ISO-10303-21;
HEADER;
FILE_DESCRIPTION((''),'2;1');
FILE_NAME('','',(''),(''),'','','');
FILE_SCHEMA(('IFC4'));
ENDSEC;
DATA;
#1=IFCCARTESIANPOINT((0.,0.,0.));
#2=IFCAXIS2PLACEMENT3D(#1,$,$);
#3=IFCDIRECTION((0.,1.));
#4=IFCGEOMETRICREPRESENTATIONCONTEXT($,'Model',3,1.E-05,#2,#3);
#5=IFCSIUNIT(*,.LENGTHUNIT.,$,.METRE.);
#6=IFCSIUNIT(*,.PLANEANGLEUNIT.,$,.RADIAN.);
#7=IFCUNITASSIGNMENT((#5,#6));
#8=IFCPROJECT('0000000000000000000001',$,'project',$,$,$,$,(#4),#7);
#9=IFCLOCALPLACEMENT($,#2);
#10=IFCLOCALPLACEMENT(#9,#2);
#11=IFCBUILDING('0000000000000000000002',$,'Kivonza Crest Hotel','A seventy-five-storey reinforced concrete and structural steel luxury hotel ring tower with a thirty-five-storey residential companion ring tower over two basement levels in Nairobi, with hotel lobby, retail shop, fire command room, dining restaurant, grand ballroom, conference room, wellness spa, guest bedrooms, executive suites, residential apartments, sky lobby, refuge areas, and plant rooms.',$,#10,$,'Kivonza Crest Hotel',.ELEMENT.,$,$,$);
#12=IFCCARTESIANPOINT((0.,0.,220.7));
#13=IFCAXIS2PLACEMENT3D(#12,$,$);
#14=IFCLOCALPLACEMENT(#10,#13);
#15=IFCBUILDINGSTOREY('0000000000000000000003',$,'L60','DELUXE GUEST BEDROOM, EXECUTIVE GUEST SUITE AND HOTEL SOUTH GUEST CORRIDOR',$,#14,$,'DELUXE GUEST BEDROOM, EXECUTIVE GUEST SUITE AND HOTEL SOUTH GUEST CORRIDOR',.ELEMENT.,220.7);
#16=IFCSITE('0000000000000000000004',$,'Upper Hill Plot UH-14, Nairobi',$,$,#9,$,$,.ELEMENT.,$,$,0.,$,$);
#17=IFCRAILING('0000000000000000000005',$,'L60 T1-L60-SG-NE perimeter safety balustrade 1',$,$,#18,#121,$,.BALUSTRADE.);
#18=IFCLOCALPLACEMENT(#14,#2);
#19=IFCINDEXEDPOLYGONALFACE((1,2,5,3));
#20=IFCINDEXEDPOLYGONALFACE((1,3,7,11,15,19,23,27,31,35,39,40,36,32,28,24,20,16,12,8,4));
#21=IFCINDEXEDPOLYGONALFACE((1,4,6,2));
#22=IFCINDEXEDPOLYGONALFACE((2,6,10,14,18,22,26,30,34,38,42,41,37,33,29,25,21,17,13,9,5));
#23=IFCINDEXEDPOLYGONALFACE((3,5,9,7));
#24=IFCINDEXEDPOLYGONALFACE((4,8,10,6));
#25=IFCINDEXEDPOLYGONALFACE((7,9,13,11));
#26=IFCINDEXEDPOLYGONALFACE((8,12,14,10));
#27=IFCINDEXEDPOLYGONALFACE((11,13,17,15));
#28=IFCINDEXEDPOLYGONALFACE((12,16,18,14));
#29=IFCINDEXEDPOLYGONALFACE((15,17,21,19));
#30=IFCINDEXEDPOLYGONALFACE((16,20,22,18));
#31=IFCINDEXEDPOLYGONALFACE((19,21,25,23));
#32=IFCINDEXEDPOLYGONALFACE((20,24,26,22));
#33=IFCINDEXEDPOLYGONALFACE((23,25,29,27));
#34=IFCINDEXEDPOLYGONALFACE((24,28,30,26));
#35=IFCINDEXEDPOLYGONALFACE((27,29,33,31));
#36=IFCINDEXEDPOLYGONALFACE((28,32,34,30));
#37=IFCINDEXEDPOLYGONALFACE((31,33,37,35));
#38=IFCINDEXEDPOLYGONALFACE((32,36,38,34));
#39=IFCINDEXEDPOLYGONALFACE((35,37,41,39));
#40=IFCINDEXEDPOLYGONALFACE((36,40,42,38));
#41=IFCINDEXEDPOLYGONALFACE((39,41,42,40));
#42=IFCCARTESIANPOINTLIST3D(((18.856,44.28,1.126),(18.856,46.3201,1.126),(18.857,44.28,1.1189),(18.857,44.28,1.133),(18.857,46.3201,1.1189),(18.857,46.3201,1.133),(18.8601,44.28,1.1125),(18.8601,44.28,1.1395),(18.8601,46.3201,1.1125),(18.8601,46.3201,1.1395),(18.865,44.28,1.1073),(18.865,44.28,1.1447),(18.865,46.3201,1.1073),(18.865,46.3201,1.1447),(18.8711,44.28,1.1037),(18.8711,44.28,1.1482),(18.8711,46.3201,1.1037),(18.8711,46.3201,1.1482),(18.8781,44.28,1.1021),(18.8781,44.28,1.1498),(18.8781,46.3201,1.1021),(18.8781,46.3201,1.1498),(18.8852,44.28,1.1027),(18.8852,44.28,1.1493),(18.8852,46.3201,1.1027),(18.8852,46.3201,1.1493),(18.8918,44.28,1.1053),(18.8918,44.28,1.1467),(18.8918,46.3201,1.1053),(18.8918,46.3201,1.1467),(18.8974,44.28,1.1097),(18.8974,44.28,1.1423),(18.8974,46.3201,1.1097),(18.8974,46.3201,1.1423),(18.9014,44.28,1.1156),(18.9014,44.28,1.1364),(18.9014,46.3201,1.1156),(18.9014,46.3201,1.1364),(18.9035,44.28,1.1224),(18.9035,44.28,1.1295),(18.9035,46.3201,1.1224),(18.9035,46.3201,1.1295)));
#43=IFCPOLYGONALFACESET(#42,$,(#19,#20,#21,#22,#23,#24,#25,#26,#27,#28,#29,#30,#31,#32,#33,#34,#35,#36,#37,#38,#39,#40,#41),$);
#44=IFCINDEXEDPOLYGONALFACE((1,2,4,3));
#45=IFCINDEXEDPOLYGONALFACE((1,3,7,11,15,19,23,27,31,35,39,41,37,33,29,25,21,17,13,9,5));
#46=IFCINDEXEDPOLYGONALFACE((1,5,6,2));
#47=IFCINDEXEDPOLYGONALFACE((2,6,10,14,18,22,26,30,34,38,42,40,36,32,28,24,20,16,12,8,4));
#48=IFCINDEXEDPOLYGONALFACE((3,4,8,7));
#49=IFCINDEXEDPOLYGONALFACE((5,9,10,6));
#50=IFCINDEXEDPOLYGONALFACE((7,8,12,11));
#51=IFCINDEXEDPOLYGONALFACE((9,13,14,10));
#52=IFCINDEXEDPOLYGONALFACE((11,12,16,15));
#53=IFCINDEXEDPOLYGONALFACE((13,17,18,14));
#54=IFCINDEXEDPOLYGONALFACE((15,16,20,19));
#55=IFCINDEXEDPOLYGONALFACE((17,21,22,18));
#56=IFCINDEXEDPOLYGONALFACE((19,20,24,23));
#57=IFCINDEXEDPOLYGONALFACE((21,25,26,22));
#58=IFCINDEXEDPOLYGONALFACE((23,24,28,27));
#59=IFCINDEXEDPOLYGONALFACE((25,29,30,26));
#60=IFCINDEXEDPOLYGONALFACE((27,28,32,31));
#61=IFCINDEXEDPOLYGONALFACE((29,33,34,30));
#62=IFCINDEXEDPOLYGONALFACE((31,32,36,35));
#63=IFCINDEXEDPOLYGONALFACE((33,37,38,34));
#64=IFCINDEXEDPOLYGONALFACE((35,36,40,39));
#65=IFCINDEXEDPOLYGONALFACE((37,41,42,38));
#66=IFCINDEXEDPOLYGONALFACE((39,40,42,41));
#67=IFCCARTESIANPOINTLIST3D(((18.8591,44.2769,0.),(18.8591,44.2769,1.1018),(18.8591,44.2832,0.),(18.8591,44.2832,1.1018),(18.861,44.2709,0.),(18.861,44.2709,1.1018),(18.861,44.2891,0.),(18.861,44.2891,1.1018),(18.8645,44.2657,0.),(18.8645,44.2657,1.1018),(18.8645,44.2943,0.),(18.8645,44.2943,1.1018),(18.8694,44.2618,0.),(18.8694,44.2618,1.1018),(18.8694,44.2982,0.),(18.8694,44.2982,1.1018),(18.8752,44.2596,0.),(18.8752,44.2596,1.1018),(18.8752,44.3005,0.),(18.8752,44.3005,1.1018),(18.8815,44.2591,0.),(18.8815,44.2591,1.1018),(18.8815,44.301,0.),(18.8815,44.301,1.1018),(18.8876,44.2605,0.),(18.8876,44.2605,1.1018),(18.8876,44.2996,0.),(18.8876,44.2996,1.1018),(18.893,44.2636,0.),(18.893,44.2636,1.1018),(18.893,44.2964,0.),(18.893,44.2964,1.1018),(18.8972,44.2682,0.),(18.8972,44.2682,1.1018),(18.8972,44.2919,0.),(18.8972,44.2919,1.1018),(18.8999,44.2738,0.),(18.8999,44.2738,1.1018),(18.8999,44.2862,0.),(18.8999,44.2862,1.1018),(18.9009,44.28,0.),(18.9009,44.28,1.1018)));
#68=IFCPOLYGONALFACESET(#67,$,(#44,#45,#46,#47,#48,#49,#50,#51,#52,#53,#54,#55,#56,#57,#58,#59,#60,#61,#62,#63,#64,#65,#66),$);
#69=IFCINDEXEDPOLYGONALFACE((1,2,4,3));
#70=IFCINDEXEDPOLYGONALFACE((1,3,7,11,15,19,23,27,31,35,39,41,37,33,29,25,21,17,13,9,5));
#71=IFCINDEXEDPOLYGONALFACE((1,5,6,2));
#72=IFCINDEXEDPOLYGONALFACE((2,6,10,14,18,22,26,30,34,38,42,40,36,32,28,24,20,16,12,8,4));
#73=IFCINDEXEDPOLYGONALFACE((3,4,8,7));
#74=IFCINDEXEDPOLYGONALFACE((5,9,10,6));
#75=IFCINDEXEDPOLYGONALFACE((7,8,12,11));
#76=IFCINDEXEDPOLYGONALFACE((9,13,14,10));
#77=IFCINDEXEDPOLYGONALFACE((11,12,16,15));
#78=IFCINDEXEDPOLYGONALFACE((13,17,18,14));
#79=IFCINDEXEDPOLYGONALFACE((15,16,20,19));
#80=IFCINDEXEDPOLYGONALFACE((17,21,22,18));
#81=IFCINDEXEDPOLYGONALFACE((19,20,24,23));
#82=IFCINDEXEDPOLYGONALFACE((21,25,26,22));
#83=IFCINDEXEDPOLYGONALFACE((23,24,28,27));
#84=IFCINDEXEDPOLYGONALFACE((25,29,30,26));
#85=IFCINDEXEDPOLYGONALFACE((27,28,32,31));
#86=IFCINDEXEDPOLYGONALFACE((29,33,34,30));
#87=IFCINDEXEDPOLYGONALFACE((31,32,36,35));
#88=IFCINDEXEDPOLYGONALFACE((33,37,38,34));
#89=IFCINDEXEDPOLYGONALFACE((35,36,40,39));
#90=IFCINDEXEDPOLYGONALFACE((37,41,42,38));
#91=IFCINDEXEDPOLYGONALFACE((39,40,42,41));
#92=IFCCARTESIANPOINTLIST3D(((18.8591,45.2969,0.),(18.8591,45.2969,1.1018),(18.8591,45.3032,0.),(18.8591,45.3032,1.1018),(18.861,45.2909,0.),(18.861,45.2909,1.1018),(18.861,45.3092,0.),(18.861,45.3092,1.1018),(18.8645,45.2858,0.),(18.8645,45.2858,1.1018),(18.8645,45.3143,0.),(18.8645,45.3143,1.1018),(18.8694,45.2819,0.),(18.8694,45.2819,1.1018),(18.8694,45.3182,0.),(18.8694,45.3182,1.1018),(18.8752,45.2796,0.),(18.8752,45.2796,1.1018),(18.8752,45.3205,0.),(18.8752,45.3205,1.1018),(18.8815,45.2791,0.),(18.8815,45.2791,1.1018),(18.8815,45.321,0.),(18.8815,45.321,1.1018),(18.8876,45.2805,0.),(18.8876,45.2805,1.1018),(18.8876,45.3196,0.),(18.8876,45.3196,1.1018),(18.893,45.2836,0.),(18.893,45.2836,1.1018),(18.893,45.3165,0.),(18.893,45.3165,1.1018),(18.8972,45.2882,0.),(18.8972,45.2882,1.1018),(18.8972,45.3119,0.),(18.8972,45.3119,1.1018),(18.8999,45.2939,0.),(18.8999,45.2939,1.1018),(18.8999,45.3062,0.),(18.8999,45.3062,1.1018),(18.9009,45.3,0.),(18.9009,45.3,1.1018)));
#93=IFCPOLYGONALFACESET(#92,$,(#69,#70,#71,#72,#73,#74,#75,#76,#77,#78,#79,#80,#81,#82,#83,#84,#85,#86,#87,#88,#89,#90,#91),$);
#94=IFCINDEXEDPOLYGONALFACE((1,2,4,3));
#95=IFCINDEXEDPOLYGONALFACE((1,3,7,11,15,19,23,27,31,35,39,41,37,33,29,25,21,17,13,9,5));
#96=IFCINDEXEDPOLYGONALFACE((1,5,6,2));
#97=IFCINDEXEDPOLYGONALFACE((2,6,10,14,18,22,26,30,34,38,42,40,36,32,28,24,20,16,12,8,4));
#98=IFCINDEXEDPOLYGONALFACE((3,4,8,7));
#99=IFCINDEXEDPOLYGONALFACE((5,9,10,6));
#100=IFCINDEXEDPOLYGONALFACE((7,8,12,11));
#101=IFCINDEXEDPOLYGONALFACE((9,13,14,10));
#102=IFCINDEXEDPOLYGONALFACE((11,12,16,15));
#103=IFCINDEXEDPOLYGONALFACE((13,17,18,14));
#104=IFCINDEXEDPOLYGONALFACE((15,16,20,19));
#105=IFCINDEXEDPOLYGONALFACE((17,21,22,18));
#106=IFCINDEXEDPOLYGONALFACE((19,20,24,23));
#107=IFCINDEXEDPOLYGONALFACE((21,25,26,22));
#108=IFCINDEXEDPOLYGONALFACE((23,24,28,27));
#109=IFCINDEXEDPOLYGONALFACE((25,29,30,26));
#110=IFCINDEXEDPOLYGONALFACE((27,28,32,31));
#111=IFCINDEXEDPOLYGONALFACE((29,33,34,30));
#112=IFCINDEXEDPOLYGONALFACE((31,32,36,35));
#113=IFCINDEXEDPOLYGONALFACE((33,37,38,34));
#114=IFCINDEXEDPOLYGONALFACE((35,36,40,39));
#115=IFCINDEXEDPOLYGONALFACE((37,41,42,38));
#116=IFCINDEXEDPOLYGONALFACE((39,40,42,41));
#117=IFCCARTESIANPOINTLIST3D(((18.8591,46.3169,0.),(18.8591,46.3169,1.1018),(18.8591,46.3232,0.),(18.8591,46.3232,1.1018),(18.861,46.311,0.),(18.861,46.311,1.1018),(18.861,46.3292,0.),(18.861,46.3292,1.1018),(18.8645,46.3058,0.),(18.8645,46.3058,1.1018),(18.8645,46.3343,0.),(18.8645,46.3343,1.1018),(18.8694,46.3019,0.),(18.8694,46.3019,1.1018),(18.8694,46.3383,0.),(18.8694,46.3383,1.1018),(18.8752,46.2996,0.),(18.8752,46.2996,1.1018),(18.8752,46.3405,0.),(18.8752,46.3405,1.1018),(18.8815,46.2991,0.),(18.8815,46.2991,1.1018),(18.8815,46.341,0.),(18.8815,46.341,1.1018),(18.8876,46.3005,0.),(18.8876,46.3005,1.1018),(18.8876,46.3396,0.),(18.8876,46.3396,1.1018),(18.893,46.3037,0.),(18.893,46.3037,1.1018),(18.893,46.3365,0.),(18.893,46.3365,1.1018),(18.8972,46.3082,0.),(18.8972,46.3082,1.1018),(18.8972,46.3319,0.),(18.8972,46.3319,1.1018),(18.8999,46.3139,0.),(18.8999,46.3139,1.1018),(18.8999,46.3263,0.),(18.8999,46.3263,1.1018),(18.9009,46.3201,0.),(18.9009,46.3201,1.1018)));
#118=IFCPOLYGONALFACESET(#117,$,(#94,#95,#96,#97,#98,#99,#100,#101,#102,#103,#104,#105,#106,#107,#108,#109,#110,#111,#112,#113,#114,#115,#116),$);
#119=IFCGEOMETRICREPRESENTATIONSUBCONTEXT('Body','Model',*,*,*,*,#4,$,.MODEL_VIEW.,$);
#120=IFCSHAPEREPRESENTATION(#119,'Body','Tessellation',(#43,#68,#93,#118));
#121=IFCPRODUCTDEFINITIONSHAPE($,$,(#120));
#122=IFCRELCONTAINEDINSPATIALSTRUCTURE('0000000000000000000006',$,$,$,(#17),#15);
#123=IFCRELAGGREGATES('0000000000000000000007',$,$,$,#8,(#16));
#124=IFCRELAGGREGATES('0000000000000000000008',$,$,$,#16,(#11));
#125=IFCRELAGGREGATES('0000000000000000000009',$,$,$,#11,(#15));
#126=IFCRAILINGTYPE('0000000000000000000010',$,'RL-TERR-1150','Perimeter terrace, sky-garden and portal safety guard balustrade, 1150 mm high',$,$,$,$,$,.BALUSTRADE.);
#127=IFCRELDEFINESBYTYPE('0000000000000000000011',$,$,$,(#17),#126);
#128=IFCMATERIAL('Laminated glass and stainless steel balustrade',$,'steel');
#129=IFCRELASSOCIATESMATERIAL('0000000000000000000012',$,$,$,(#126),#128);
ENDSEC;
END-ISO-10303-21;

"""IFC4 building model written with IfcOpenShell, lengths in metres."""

from ifc_helpers import new_model, si_unit, direction, frame, origin, origin_2d, place, context, subcontext, project, spatial, circle, extrude, material, type_object, element, save


model = new_model("IFC4")

# Units and contexts
model_context = context("Model", 3, precision=1e-05, world=origin(), true_north=direction((0.0, 1.0)))
body_context = subcontext(model_context, "Body", "Model", "MODEL_VIEW")
ifc_project = project(units=[si_unit("LENGTHUNIT", "METRE"), si_unit("PLANEANGLEUNIT", "RADIAN")], contexts=[model_context])

# Site, building, storey
site_placement = place(None, origin())
site = spatial("IfcSite", under=ifc_project, at=site_placement, Name="Upper Hill Plot UH-14, Nairobi", CompositionType="ELEMENT", RefElevation=0.0)
building_placement = place(site_placement, origin())
building = spatial("IfcBuilding", under=site, at=building_placement, Name="Kivonza Crest Hotel", Description="A seventy-five-storey reinforced concrete and structural steel luxury hotel ring tower with a thirty-five-storey residential companion ring tower over two basement levels in Nairobi, with hotel lobby, retail shop, fire command room, dining restaurant, grand ballroom, conference room, wellness spa, guest bedrooms, executive suites, residential apartments, sky lobby, refuge areas, and plant rooms.", LongName="Kivonza Crest Hotel", CompositionType="ELEMENT")
storey_placement = place(building_placement, frame((0.0, 0.0, 220.7)))
storey = spatial("IfcBuildingStorey", under=building, at=storey_placement, Name="L60", Description="DELUXE GUEST BEDROOM, EXECUTIVE GUEST SUITE AND HOTEL SOUTH GUEST CORRIDOR", LongName="DELUXE GUEST BEDROOM, EXECUTIVE GUEST SUITE AND HOTEL SOUTH GUEST CORRIDOR", CompositionType="ELEMENT", Elevation=220.7)

# Railing
ifc_material_1 = material(Name="Laminated glass and stainless steel balustrade", Category="steel")
railing_type = type_object("IfcRailingType", Name="RL-TERR-1150", Description="Perimeter terrace, sky-garden and portal safety guard balustrade, 1150 mm high", PredefinedType="BALUSTRADE", material=ifc_material_1)
railing_1_placement = place(storey_placement, frame((18.8799, 44.28, 0.0)))
element("IfcRailing", 1, at=railing_1_placement, inside=storey, type_object=railing_type, Name="L60 T1-L60-SG-NE perimeter safety balustrade 1", PredefinedType="BALUSTRADE", context=body_context, shape_type="SweptSolid", body=[
    extrude(circle(Radius=0.0239, at=origin_2d()), frame((0.0, 0.0, 1.126), z_axis=(0.0, 1.0, 0.0), x_axis=(-1.0, 0.0, 0.0)), (0.0, 0.0, 1.0), 2.04),
    extrude(circle(Radius=0.021, at=origin_2d()), origin(), (0.0, 0.0, 1.0), 1.1018),
    extrude(circle(Radius=0.021, at=origin_2d()), frame((0.0, 1.02, 0.0)), (0.0, 0.0, 1.0), 1.1018),
    extrude(circle(Radius=0.021, at=origin_2d()), frame((0.0, 2.04, 0.0)), (0.0, 0.0, 1.0), 1.1018),
])

save(model, "model.ifc")
